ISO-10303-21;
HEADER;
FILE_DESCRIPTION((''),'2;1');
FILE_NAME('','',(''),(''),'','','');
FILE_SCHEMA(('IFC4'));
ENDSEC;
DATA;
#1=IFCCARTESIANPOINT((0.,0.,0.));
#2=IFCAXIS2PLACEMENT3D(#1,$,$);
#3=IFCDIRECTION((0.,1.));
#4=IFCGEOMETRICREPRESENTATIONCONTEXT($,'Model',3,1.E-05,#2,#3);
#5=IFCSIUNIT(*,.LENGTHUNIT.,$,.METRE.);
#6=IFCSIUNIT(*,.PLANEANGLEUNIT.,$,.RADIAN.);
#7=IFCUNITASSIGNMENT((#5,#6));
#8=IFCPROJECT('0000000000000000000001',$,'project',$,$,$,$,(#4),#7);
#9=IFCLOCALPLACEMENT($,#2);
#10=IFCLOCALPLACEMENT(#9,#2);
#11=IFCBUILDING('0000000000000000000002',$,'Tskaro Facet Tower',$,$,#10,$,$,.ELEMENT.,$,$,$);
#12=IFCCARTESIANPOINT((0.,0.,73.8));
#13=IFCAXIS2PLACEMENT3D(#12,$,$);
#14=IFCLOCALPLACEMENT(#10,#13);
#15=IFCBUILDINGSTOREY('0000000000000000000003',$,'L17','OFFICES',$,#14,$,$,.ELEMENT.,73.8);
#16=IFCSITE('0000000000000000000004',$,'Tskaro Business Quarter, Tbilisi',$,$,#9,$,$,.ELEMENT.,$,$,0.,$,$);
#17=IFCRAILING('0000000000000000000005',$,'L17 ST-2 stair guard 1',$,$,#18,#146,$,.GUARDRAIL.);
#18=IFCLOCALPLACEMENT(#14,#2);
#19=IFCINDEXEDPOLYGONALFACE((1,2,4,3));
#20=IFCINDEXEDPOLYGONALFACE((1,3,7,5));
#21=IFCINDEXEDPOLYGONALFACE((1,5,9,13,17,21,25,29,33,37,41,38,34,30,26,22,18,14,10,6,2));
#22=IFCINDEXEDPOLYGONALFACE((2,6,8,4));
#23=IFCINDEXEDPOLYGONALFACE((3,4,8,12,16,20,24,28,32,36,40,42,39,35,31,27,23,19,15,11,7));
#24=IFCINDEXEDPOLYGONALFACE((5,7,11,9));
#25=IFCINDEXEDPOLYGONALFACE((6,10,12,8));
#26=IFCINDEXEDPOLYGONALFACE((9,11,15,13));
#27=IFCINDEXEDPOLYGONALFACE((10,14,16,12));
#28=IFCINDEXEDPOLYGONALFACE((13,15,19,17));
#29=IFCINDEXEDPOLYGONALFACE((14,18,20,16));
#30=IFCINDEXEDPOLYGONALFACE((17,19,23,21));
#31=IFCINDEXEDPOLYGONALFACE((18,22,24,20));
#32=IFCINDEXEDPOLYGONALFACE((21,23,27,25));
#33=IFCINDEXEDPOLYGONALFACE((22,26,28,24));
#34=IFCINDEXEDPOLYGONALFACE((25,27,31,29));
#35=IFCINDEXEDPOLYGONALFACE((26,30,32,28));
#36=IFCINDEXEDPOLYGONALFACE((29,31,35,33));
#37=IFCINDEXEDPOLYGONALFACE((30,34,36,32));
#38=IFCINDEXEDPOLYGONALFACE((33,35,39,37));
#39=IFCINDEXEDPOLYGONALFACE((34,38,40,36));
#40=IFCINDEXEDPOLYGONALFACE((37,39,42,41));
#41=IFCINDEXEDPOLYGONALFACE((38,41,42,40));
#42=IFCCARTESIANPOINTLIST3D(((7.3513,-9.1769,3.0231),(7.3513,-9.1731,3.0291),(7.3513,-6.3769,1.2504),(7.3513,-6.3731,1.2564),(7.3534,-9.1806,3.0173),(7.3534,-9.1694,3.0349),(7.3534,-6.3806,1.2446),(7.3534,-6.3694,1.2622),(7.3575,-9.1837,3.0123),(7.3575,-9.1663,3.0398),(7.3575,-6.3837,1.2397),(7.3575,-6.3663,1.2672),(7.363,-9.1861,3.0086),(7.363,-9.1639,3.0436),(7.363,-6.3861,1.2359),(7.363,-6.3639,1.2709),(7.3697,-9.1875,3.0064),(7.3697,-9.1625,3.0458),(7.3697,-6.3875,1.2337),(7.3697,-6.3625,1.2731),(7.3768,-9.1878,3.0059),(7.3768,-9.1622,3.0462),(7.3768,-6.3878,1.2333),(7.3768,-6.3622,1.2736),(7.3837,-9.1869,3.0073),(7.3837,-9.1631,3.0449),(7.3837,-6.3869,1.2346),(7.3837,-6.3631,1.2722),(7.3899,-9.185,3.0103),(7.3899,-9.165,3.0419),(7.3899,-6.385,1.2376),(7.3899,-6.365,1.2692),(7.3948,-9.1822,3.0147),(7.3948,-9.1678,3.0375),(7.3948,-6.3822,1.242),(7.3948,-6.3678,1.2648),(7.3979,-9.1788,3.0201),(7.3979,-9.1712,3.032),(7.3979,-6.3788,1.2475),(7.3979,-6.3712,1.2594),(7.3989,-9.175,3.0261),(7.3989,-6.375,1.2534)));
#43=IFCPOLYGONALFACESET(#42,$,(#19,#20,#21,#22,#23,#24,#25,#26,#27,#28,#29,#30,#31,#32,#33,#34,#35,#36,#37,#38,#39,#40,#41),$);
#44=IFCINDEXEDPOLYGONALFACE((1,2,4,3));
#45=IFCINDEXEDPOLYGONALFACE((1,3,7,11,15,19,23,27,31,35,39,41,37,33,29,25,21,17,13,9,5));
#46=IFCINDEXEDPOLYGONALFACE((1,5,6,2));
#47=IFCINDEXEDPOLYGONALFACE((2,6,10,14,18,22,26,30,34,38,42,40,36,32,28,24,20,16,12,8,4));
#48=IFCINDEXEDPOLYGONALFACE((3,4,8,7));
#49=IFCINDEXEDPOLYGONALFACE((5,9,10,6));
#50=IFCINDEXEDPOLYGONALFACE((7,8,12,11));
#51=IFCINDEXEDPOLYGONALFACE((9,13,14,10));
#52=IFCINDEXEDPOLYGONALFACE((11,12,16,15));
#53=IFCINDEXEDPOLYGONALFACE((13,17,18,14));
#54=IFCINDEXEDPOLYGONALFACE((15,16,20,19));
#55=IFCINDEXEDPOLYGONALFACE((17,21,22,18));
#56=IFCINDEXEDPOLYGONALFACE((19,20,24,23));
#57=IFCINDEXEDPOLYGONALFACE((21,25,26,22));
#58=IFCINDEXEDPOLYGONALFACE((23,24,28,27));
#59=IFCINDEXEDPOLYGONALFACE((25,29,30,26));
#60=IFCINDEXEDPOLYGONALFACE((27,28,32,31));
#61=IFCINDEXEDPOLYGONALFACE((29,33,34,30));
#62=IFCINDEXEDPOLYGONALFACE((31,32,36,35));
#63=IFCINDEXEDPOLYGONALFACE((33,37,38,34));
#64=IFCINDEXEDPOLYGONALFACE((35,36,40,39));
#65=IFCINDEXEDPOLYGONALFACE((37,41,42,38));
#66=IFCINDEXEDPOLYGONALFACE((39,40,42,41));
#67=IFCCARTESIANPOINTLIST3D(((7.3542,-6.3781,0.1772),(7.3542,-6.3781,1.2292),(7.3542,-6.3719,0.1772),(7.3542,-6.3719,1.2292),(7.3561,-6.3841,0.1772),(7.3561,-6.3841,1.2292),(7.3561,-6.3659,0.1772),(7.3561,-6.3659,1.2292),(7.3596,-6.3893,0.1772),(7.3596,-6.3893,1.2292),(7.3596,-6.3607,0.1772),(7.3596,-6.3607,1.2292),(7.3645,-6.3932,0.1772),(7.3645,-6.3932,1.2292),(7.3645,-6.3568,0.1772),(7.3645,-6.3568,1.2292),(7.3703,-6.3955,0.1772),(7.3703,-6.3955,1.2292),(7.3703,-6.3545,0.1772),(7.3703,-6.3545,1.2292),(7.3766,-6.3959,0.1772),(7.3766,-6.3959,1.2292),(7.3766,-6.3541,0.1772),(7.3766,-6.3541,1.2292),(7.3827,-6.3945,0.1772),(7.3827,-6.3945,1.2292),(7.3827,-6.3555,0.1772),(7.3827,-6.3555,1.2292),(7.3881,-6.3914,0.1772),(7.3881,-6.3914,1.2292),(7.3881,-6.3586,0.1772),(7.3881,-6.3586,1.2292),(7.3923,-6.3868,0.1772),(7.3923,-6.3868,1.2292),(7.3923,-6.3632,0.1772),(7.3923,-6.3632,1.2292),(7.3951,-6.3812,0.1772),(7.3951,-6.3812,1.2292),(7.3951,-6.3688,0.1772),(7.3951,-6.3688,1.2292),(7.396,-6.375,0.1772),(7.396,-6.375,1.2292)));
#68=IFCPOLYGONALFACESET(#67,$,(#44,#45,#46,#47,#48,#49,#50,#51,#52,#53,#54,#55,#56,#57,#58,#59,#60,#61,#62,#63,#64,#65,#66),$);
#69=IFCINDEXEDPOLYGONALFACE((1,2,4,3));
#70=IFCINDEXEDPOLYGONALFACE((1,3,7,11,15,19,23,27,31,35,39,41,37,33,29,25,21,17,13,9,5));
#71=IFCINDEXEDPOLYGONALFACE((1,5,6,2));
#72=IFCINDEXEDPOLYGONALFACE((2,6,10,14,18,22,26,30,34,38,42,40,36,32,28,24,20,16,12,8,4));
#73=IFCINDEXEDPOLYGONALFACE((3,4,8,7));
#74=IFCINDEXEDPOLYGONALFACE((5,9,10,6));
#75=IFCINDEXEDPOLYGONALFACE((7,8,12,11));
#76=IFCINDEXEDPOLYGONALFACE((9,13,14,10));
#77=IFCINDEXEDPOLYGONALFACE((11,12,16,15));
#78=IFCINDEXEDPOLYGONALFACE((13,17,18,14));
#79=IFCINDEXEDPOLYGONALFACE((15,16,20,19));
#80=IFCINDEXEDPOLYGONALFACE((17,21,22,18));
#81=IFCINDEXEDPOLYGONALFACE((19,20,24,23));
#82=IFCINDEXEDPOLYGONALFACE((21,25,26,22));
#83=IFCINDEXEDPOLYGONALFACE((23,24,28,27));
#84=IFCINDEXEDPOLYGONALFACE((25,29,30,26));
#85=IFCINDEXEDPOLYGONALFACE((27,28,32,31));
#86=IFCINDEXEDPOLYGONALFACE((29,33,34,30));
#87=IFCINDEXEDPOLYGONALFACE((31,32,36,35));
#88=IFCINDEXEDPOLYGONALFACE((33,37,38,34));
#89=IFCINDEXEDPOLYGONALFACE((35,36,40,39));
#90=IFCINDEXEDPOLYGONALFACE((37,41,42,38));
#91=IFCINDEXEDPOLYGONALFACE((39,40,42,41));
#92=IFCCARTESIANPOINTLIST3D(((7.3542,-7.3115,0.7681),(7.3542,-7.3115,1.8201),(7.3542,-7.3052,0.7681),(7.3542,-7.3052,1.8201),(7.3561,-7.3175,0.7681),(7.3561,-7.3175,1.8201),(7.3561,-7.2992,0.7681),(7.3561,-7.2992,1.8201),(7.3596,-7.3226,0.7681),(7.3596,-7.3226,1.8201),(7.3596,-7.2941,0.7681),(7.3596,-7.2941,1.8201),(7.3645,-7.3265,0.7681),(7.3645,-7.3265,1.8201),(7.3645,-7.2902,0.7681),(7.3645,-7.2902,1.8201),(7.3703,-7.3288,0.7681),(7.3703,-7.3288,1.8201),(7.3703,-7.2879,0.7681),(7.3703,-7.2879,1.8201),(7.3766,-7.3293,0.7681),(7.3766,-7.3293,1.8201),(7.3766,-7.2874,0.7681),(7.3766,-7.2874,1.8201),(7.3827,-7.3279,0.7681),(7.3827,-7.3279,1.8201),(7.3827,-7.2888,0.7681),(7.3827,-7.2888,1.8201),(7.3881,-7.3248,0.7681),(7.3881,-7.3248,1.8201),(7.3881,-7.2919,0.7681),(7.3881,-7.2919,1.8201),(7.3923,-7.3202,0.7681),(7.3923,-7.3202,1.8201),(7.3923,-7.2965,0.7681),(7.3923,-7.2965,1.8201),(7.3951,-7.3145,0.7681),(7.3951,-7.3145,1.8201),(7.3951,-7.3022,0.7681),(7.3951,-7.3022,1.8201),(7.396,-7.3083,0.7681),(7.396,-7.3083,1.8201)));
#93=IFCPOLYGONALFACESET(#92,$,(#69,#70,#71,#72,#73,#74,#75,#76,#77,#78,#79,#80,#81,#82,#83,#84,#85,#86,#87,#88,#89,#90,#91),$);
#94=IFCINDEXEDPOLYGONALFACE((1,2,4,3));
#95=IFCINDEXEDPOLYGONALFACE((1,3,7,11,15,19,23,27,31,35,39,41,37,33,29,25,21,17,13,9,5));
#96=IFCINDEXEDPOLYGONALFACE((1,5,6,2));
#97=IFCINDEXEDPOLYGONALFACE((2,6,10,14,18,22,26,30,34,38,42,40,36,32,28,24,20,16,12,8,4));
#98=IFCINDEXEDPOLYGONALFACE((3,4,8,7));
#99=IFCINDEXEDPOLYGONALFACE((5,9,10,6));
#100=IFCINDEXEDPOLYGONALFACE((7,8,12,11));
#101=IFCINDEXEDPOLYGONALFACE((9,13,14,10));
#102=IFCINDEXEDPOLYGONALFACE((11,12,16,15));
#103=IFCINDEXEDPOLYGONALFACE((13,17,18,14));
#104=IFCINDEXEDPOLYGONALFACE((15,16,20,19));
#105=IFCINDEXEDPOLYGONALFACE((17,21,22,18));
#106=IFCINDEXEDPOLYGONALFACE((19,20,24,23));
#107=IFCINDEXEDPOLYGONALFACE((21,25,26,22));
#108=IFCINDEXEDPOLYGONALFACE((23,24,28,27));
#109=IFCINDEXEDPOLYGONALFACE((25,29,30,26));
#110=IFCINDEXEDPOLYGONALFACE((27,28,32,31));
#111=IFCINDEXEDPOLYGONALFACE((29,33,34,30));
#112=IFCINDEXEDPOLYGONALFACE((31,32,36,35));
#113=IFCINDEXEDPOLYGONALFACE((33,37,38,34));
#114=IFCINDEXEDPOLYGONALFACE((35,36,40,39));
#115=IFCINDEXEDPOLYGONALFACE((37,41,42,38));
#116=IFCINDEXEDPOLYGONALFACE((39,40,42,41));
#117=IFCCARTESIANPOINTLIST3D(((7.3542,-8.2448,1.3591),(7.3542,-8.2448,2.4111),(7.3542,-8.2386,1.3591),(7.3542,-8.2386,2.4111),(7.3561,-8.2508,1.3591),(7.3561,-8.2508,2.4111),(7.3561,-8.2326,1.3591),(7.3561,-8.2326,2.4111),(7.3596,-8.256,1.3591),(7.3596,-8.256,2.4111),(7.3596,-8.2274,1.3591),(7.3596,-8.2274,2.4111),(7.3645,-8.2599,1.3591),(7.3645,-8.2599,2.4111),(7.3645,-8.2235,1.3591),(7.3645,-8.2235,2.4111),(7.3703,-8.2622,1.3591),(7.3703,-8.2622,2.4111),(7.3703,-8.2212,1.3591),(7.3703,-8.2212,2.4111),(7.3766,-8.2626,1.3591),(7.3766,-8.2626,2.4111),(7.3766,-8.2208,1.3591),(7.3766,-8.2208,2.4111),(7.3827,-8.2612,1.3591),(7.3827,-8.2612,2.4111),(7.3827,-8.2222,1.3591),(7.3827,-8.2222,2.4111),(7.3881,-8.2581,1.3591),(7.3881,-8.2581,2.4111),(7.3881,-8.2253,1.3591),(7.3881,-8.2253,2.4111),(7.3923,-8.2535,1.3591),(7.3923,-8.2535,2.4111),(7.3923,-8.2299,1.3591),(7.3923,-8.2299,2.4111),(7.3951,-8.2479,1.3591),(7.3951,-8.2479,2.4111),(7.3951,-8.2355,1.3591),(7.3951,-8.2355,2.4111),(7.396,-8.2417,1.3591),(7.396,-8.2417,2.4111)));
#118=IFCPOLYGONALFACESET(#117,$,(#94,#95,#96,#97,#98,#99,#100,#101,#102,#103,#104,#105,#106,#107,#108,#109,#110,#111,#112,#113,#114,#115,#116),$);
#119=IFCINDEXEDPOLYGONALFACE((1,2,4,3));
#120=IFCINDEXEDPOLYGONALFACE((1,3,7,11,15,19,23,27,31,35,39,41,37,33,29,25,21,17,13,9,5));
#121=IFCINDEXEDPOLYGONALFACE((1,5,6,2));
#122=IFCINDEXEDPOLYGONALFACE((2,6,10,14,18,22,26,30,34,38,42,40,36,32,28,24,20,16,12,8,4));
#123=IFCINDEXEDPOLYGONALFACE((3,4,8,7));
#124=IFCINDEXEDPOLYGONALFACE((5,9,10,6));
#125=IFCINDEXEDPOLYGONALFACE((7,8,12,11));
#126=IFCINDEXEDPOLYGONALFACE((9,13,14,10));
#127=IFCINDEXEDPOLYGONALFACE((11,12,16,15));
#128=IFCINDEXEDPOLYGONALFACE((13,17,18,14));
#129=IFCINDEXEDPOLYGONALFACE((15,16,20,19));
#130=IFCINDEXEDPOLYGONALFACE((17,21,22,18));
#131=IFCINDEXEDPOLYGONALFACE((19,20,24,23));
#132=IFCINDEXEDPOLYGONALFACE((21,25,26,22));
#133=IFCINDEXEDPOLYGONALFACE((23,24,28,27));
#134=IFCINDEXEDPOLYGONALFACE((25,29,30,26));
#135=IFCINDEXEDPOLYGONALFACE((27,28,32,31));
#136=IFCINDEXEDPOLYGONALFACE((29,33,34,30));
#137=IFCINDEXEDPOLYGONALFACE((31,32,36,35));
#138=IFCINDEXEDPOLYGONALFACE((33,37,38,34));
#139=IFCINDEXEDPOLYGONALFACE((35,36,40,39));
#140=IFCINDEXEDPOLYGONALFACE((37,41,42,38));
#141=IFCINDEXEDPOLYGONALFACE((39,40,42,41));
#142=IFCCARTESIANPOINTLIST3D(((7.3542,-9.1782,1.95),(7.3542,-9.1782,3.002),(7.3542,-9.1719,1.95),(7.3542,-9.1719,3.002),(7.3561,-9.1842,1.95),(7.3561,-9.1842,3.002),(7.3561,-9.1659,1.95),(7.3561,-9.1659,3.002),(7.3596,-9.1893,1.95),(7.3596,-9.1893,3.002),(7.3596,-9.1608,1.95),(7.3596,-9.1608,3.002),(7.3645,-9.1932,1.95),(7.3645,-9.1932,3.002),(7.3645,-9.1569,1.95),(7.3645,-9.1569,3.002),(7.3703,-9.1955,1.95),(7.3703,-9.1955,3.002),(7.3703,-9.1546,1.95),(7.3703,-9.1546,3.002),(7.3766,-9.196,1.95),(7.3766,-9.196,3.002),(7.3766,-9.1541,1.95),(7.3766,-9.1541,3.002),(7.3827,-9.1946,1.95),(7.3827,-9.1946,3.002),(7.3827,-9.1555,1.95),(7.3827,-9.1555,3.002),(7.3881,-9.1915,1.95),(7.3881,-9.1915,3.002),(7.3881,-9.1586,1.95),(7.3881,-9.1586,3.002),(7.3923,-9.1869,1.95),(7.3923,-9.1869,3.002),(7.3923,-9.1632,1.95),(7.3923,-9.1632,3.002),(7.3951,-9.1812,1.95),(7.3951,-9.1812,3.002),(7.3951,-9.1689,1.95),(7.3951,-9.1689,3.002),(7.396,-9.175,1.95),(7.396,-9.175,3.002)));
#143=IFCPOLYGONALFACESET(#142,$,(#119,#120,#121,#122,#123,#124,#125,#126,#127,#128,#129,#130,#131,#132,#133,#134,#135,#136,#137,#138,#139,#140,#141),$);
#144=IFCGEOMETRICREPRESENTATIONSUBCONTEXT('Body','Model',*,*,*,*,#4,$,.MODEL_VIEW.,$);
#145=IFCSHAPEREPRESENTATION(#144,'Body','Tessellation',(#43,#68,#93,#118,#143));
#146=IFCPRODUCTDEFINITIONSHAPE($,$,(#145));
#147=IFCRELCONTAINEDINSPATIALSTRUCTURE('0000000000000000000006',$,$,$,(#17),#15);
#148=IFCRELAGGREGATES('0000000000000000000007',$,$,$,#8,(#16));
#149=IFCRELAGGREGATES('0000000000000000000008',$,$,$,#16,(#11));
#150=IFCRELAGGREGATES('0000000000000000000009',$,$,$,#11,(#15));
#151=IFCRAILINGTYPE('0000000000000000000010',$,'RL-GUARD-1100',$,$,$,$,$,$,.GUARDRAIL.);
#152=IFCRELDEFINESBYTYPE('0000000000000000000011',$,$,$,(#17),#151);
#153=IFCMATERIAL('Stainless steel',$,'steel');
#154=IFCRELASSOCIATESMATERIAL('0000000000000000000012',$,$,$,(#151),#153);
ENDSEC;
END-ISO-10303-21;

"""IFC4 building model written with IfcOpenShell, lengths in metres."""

from ifc_helpers import new_model, si_unit, direction, frame, origin, origin_2d, place, context, subcontext, project, spatial, circle, extrude, material, type_object, element, save


model = new_model("IFC4")

# Units and contexts
model_context = context("Model", 3, precision=1e-05, world=origin(), true_north=direction((0.0, 1.0)))
body_context = subcontext(model_context, "Body", "Model", "MODEL_VIEW")
ifc_project = project(units=[si_unit("LENGTHUNIT", "METRE"), si_unit("PLANEANGLEUNIT", "RADIAN")], contexts=[model_context])

# Site, building, storey
site_placement = place(None, origin())
site = spatial("IfcSite", under=ifc_project, at=site_placement, Name="Tskaro Business Quarter, Tbilisi", CompositionType="ELEMENT", RefElevation=0.0)
building_placement = place(site_placement, origin())
building = spatial("IfcBuilding", under=site, at=building_placement, Name="Tskaro Facet Tower", CompositionType="ELEMENT")
storey_placement = place(building_placement, frame((0.0, 0.0, 73.8)))
storey = spatial("IfcBuildingStorey", under=building, at=storey_placement, Name="L17", Description="OFFICES", CompositionType="ELEMENT", Elevation=73.8)

# Railing
ifc_material_1 = material(Name="Stainless steel", Category="steel")
railing_type_1 = type_object("IfcRailingType", Name="RL-GUARD-1100", PredefinedType="GUARDRAIL", material=ifc_material_1)
railing_1_placement = place(storey_placement, frame((7.375, -6.375, 0.1772)))
element("IfcRailing", 1, at=railing_1_placement, inside=storey, type_object=railing_type_1, Name="L17 ST-2 stair guard 1", PredefinedType="GUARDRAIL", context=body_context, shape_type="SweptSolid", body=[
    extrude(circle(Radius=0.0239, at=origin_2d()), frame((0.0, 0.0, 1.0762), z_axis=(0.0, -0.844909, 0.53491), x_axis=(1.0, 0.0, 0.0)), (0.0, 0.0, 1.0), 3.314),
    extrude(circle(Radius=0.021, at=origin_2d()), origin(), (0.0, 0.0, 1.0), 1.052),
    extrude(circle(Radius=0.021, at=origin_2d()), frame((0.0, -0.9333, 0.5908)), (0.0, 0.0, 1.0), 1.052),
    extrude(circle(Radius=0.021, at=origin_2d()), frame((0.0, -1.8667, 1.1819)), (0.0, 0.0, 1.0), 1.052),
    extrude(circle(Radius=0.021, at=origin_2d()), frame((0.0, -2.8, 1.7727)), (0.0, 0.0, 1.0), 1.052),
])

save(model, "model.ifc")
